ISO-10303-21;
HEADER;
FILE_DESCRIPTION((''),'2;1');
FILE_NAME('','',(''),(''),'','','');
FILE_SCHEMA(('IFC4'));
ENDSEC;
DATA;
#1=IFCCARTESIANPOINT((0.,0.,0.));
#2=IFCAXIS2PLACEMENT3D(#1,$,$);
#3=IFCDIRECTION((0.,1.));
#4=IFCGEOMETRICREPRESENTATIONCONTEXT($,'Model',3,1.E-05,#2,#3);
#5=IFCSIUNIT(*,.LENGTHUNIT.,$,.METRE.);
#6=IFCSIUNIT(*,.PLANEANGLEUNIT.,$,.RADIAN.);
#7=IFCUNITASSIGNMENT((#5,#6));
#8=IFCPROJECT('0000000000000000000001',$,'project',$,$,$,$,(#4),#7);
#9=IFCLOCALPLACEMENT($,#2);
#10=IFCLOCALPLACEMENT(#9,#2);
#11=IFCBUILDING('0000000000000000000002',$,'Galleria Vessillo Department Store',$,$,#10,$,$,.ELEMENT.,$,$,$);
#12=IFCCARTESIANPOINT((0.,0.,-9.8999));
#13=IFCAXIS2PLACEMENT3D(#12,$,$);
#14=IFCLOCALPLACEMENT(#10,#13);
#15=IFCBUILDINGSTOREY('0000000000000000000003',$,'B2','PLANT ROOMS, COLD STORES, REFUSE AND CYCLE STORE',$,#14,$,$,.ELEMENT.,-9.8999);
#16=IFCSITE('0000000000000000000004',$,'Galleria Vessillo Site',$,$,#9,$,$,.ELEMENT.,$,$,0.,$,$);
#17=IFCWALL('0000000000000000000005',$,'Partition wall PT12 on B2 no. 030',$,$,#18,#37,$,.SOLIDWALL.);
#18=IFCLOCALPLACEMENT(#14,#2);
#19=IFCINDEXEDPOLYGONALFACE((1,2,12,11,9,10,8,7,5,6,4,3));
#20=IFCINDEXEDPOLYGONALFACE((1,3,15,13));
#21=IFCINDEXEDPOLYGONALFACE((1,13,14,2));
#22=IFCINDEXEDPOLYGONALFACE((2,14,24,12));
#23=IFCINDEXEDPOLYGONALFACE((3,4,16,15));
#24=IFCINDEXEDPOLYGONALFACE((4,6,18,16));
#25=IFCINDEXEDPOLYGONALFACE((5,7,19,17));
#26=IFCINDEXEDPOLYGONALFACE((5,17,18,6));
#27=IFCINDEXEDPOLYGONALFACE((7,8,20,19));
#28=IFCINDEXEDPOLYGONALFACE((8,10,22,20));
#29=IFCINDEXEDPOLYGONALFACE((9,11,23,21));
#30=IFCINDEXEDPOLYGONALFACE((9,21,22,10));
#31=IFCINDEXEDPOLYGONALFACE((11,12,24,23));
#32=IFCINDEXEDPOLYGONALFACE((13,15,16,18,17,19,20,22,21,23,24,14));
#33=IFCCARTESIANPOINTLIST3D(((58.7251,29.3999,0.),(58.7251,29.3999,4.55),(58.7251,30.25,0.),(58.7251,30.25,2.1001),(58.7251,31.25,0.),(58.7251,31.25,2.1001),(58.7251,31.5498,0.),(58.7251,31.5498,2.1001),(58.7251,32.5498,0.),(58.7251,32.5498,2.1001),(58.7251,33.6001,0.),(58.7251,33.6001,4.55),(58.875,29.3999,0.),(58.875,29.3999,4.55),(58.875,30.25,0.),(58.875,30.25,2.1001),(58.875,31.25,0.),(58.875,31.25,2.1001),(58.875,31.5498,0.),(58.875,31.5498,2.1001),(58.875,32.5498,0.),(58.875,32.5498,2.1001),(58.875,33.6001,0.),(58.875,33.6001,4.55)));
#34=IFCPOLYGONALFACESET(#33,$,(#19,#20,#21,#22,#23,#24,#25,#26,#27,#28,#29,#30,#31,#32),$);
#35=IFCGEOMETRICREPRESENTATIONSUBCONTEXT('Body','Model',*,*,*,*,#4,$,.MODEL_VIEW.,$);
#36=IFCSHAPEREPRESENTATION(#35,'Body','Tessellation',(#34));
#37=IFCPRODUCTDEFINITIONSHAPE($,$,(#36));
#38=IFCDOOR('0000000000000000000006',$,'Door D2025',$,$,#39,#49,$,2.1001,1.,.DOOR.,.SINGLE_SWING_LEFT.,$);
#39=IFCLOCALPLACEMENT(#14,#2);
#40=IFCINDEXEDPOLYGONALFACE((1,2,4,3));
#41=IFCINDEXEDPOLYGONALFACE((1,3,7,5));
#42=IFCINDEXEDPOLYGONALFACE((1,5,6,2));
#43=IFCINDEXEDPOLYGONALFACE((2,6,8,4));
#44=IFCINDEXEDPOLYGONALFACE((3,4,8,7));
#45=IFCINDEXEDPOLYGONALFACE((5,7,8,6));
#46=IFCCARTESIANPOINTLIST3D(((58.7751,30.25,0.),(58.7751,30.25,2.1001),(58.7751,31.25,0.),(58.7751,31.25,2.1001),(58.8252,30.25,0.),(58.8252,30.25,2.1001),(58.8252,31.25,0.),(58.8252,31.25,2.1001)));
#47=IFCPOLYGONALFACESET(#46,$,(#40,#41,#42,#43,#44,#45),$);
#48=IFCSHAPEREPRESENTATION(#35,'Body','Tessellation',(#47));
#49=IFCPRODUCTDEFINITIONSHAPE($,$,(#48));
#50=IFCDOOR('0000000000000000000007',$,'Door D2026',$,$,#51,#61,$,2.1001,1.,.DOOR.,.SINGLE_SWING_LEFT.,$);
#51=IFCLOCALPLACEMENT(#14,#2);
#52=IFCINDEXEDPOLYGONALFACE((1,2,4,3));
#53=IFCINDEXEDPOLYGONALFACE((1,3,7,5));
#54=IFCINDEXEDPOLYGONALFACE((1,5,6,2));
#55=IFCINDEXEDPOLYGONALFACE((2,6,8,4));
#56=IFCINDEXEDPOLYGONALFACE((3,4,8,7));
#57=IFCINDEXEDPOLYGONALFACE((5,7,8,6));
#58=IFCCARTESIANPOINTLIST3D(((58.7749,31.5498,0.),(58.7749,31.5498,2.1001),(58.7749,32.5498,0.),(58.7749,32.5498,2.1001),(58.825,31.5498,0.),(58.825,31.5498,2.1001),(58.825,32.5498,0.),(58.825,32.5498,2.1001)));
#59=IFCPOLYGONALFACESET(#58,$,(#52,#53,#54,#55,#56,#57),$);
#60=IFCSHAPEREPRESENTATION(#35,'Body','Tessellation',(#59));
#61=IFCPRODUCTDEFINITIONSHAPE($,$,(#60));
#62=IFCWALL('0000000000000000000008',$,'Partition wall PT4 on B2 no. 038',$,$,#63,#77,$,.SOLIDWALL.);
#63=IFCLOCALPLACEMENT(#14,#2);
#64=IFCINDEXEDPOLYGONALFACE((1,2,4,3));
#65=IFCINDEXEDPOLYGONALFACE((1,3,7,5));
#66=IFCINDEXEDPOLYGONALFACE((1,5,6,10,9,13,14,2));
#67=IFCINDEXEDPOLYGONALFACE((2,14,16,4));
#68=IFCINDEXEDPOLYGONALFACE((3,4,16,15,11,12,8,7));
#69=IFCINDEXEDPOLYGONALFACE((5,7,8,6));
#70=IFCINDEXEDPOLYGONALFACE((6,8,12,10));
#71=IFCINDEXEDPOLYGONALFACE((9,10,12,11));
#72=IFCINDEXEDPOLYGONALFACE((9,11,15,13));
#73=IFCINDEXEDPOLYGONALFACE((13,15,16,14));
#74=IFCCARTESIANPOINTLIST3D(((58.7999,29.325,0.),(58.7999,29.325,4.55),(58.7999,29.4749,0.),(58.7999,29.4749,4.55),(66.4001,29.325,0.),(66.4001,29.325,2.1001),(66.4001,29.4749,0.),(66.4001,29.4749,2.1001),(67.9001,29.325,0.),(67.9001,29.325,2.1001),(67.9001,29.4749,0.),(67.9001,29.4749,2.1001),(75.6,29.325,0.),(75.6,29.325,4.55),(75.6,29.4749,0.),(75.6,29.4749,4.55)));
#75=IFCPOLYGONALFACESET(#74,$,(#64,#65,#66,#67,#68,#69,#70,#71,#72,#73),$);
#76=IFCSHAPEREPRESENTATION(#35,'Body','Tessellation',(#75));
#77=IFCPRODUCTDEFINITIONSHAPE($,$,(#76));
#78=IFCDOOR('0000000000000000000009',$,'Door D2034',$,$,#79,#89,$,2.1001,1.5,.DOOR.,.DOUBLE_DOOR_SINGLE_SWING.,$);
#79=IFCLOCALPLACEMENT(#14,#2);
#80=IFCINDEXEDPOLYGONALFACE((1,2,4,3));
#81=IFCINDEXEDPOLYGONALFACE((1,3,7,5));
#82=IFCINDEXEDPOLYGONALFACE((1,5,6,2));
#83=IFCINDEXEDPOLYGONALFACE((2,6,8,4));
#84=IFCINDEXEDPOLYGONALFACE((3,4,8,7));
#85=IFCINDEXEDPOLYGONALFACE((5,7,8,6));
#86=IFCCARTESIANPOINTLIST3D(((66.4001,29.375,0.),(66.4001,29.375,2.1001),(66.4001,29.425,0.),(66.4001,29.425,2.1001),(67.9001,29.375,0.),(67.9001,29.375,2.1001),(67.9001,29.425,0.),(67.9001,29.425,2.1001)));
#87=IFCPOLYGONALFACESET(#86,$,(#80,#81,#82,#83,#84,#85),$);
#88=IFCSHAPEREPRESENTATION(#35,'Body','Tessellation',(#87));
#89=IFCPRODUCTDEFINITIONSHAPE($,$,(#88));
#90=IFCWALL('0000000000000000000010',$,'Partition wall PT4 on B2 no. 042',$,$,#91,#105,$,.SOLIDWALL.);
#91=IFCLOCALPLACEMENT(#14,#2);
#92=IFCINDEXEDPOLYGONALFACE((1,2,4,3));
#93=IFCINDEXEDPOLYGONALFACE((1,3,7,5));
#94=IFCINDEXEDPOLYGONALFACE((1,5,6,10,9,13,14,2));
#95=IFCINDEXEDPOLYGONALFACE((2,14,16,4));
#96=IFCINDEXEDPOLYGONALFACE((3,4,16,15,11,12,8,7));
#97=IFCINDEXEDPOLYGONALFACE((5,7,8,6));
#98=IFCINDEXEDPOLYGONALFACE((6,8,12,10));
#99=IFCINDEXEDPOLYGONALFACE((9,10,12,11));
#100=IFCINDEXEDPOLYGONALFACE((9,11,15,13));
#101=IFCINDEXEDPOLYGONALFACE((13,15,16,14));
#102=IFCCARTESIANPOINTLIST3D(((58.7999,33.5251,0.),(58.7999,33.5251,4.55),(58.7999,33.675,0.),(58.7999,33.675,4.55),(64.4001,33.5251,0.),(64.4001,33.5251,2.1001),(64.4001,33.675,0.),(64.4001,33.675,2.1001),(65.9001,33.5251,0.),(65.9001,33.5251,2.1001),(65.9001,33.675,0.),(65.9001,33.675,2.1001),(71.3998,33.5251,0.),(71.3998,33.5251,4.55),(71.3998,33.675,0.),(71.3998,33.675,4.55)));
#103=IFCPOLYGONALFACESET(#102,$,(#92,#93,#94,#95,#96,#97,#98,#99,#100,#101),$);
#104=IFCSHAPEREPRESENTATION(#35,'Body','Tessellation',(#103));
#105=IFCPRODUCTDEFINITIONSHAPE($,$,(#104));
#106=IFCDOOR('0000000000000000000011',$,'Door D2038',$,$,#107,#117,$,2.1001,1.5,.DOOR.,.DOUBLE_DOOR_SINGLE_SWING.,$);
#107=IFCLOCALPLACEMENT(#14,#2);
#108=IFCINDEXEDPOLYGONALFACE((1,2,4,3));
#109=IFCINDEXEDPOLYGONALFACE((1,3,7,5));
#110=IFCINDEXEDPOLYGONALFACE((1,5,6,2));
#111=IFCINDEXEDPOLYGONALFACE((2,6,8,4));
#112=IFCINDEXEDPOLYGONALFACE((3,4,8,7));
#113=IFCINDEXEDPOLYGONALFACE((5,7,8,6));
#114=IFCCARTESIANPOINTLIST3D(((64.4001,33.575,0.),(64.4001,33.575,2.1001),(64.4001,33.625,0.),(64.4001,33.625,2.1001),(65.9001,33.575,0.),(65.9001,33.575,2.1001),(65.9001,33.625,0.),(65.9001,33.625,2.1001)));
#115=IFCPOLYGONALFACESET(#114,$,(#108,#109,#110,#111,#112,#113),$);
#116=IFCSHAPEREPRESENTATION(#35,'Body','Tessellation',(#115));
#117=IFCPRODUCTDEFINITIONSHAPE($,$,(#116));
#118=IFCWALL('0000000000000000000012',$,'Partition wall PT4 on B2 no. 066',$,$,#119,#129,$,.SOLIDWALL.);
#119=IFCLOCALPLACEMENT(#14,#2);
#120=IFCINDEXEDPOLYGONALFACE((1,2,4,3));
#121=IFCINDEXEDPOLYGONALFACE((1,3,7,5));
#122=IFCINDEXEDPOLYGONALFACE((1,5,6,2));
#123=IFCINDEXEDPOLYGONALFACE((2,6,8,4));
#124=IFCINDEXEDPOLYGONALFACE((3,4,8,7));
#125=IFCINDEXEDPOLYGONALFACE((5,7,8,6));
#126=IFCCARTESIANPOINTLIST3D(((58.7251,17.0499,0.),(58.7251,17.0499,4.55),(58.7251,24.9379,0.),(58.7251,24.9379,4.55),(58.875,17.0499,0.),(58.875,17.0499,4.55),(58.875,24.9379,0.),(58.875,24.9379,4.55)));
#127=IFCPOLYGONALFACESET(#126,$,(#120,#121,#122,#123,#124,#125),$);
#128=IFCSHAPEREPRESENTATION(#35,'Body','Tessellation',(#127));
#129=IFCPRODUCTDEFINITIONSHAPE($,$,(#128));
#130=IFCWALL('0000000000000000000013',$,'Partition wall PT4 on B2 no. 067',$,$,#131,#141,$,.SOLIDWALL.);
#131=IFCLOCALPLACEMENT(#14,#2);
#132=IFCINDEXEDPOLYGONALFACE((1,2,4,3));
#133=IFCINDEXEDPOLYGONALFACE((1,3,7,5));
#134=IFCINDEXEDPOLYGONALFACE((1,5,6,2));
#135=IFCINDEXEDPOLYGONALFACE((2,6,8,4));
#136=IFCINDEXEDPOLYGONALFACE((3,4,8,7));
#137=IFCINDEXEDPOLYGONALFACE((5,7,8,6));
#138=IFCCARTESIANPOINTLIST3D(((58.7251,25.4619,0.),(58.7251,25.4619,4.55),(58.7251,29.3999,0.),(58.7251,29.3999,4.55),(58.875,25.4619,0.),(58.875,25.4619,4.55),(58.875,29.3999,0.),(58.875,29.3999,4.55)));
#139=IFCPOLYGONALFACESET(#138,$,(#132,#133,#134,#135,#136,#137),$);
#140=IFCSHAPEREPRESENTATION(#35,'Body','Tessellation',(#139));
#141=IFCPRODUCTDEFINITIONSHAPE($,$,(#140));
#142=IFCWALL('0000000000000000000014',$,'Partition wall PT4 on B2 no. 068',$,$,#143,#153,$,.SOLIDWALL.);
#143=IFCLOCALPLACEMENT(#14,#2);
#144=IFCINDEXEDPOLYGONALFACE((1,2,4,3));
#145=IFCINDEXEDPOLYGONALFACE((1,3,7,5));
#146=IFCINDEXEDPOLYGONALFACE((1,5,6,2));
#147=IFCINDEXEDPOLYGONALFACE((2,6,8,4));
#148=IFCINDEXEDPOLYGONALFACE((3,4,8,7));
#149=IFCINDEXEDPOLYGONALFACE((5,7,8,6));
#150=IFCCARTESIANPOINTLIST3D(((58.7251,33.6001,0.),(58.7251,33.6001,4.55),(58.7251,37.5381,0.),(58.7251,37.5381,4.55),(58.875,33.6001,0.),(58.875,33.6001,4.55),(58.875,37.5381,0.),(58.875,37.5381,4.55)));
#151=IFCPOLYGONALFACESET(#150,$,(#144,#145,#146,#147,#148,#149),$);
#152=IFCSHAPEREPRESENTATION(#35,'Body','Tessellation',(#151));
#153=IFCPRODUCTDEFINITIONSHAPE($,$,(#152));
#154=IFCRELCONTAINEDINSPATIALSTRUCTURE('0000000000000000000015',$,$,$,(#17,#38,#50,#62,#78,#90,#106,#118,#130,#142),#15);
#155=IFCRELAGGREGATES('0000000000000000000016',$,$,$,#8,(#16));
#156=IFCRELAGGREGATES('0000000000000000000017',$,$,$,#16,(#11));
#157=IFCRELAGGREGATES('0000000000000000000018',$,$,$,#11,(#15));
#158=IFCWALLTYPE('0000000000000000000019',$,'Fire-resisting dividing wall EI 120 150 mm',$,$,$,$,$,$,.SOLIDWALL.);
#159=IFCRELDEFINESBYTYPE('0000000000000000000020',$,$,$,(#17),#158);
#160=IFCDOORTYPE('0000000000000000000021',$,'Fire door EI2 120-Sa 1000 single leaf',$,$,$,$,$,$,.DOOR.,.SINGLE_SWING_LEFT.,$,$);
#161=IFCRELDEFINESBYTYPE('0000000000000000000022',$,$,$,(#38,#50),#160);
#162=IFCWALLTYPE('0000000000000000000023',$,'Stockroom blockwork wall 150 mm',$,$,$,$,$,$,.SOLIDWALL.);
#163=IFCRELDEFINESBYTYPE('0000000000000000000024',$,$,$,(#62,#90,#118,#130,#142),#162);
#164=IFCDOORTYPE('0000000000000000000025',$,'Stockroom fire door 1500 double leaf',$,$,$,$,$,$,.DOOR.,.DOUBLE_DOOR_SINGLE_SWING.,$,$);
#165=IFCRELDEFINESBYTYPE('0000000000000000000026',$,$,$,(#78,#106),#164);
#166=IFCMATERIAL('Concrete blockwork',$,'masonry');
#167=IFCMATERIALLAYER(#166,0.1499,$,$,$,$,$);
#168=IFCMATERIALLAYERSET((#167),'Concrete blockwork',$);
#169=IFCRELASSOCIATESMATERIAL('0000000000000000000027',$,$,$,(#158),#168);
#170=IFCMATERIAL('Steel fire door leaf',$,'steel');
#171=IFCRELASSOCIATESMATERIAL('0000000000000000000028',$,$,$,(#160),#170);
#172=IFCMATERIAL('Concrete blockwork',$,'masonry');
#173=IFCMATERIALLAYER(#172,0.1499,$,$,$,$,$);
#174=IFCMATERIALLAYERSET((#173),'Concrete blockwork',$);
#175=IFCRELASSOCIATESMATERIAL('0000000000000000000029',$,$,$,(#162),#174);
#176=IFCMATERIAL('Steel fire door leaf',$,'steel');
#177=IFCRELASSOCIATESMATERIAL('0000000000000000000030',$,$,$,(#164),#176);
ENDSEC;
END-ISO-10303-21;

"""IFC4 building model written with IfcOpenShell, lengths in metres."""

from ifc_helpers import new_model, si_unit, direction, frame, frame_2d, origin, place, context, subcontext, project, spatial, rectangle, extrude, material, layer, layer_set, type_object, element, fill, save


model = new_model("IFC4")

# Units and contexts
model_context = context("Model", 3, precision=1e-05, world=origin(), true_north=direction((0.0, 1.0)))
body_context = subcontext(model_context, "Body", "Model", "MODEL_VIEW")
ifc_project = project(units=[si_unit("LENGTHUNIT", "METRE"), si_unit("PLANEANGLEUNIT", "RADIAN")], contexts=[model_context])

# Site, building, storey
site_placement = place(None, origin())
site = spatial("IfcSite", under=ifc_project, at=site_placement, Name="Galleria Vessillo Site", CompositionType="ELEMENT", RefElevation=0.0)
building_placement = place(site_placement, origin())
building = spatial("IfcBuilding", under=site, at=building_placement, Name="Galleria Vessillo Department Store", CompositionType="ELEMENT")
storey_placement = place(building_placement, frame((0.0, 0.0, -9.8999)))
storey = spatial("IfcBuildingStorey", under=building, at=storey_placement, Name="B2", Description="PLANT ROOMS, COLD STORES, REFUSE AND CYCLE STORE", CompositionType="ELEMENT", Elevation=-9.8999)

# Wall, openings, doors
ifc_material_1 = material(Name="Concrete blockwork", Category="masonry")
ifc_layer_1 = layer(ifc_material_1, 0.1499)
ifc_layer_set_1 = layer_set([ifc_layer_1], Name="Concrete blockwork")
wall_type_1 = type_object("IfcWallType", Name="Fire-resisting dividing wall EI 120 150 mm", PredefinedType="SOLIDWALL", material=ifc_layer_set_1)
wall_1_placement = place(storey_placement, frame((58.8, 29.3999, 0.0), z_axis=(0.0, 0.0, 1.0), x_axis=(0.0, 1.0, 0.0)))
wall_1 = element("IfcWall", 1, at=wall_1_placement, inside=storey, type_object=wall_type_1, Name="Partition wall PT12 on B2 no. 030", PredefinedType="SOLIDWALL", context=body_context, shape_type="SweptSolid", body=[
    extrude(rectangle(XDim=4.2002, YDim=0.1499, at=frame_2d((2.1001, 0.0))), origin(), (0.0, 0.0, 1.0), 4.55),
])
opening_1_placement = place(wall_1_placement, frame((0.8501, 0.0, 0.0)))
opening_1 = element("IfcOpeningElement", 2, at=opening_1_placement, cuts=wall_1, PredefinedType="OPENING", context=body_context, shape_type="SweptSolid", body=[
    extrude(rectangle(XDim=1.0, YDim=2.1001, at=frame_2d((0.5, 1.05))), frame((0.0, 0.085, 0.0), z_axis=(0.0, -1.0, 0.0), x_axis=(1.0, 0.0, 0.0)), (0.0, 0.0, 1.0), 0.1699),
])
opening_2_placement = place(wall_1_placement, frame((2.1499, 0.0, 0.0)))
opening_2 = element("IfcOpeningElement", 3, at=opening_2_placement, cuts=wall_1, PredefinedType="OPENING", context=body_context, shape_type="SweptSolid", body=[
    extrude(rectangle(XDim=1.0, YDim=2.1001, at=frame_2d((0.5, 1.05))), frame((0.0, 0.085, 0.0), z_axis=(0.0, -1.0, 0.0), x_axis=(1.0, 0.0, 0.0)), (0.0, 0.0, 1.0), 0.1699),
])
ifc_material_2 = material(Name="Steel fire door leaf", Category="steel")
door_type_1 = type_object("IfcDoorType", Name="Fire door EI2 120-Sa 1000 single leaf", OperationType="SINGLE_SWING_LEFT", PredefinedType="DOOR", material=ifc_material_2)
door_1_placement = place(opening_1_placement, origin())
door_1 = element("IfcDoor", 4, at=door_1_placement, inside=storey, type_object=door_type_1, Name="Door D2025", OperationType="SINGLE_SWING_LEFT", OverallHeight=2.1001, OverallWidth=1.0, PredefinedType="DOOR", context=body_context, shape_type="SweptSolid", body=[
    extrude(rectangle(XDim=1.0, YDim=2.1001, at=frame_2d((0.5, 1.05))), frame((0.0, 0.0249, 0.0), z_axis=(0.0, -1.0, 0.0), x_axis=(1.0, 0.0, 0.0)), (0.0, 0.0, 1.0), 0.05),
])
fill(opening_1, door_1)
door_2_placement = place(opening_2_placement, frame((1.0, 0.0, 0.0), z_axis=(0.0, 0.0, 1.0), x_axis=(-1.0, 0.0, 0.0)))
door_2 = element("IfcDoor", 5, at=door_2_placement, inside=storey, type_object=door_type_1, Name="Door D2026", OperationType="SINGLE_SWING_LEFT", OverallHeight=2.1001, OverallWidth=1.0, PredefinedType="DOOR", context=body_context, shape_type="SweptSolid", body=[
    extrude(rectangle(XDim=1.0, YDim=2.1001, at=frame_2d((0.5, 1.05))), frame((0.0, 0.0249, 0.0), z_axis=(0.0, -1.0, 0.0), x_axis=(1.0, 0.0, 0.0)), (0.0, 0.0, 1.0), 0.05),
])
fill(opening_2, door_2)

# Walls, openings, doors
ifc_material_3 = material(Name="Concrete blockwork", Category="masonry")
ifc_layer_2 = layer(ifc_material_3, 0.1499)
ifc_layer_set_2 = layer_set([ifc_layer_2], Name="Concrete blockwork")
wall_type_2 = type_object("IfcWallType", Name="Stockroom blockwork wall 150 mm", PredefinedType="SOLIDWALL", material=ifc_layer_set_2)
wall_2_placement = place(storey_placement, frame((58.8, 29.3999, 0.0), z_axis=(0.0, 0.0, 1.0), x_axis=(1.0, 0.0, 0.0)))
wall_2 = element("IfcWall", 6, at=wall_2_placement, inside=storey, type_object=wall_type_2, Name="Partition wall PT4 on B2 no. 038", PredefinedType="SOLIDWALL", context=body_context, shape_type="SweptSolid", body=[
    extrude(rectangle(XDim=16.8, YDim=0.1499, at=frame_2d((8.3999, 0.0))), origin(), (0.0, 0.0, 1.0), 4.55),
])
opening_3_placement = place(wall_2_placement, frame((7.6001, 0.0, 0.0)))
opening_3 = element("IfcOpeningElement", 7, at=opening_3_placement, cuts=wall_2, PredefinedType="OPENING", context=body_context, shape_type="SweptSolid", body=[
    extrude(rectangle(XDim=1.5, YDim=2.1001, at=frame_2d((0.75, 1.05))), frame((0.0, 0.085, 0.0), z_axis=(0.0, -1.0, 0.0), x_axis=(1.0, 0.0, 0.0)), (0.0, 0.0, 1.0), 0.1699),
])
ifc_material_4 = material(Name="Steel fire door leaf", Category="steel")
door_type_2 = type_object("IfcDoorType", Name="Stockroom fire door 1500 double leaf", OperationType="DOUBLE_DOOR_SINGLE_SWING", PredefinedType="DOOR", material=ifc_material_4)
door_3_placement = place(opening_3_placement, frame((1.5, 0.0, 0.0), z_axis=(0.0, 0.0, 1.0), x_axis=(-1.0, 0.0, 0.0)))
door_3 = element("IfcDoor", 8, at=door_3_placement, inside=storey, type_object=door_type_2, Name="Door D2034", OperationType="DOUBLE_DOOR_SINGLE_SWING", OverallHeight=2.1001, OverallWidth=1.5, PredefinedType="DOOR", context=body_context, shape_type="SweptSolid", body=[
    extrude(rectangle(XDim=1.5, YDim=2.1001, at=frame_2d((0.75, 1.05))), frame((0.0, 0.0249, 0.0), z_axis=(0.0, -1.0, 0.0), x_axis=(1.0, 0.0, 0.0)), (0.0, 0.0, 1.0), 0.05),
])
fill(opening_3, door_3)
wall_3_placement = place(storey_placement, frame((58.8, 33.6001, 0.0), z_axis=(0.0, 0.0, 1.0), x_axis=(1.0, 0.0, 0.0)))
wall_3 = element("IfcWall", 9, at=wall_3_placement, inside=storey, type_object=wall_type_2, Name="Partition wall PT4 on B2 no. 042", PredefinedType="SOLIDWALL", context=body_context, shape_type="SweptSolid", body=[
    extrude(rectangle(XDim=12.5999, YDim=0.1499, at=frame_2d((6.2998, 0.0))), origin(), (0.0, 0.0, 1.0), 4.55),
])
opening_4_placement = place(wall_3_placement, frame((5.6001, 0.0, 0.0)))
opening_4 = element("IfcOpeningElement", 10, at=opening_4_placement, cuts=wall_3, PredefinedType="OPENING", context=body_context, shape_type="SweptSolid", body=[
    extrude(rectangle(XDim=1.5, YDim=2.1001, at=frame_2d((0.75, 1.05))), frame((0.0, 0.085, 0.0), z_axis=(0.0, -1.0, 0.0), x_axis=(1.0, 0.0, 0.0)), (0.0, 0.0, 1.0), 0.1699),
])
door_4_placement = place(opening_4_placement, origin())
door_4 = element("IfcDoor", 11, at=door_4_placement, inside=storey, type_object=door_type_2, Name="Door D2038", OperationType="DOUBLE_DOOR_SINGLE_SWING", OverallHeight=2.1001, OverallWidth=1.5, PredefinedType="DOOR", context=body_context, shape_type="SweptSolid", body=[
    extrude(rectangle(XDim=1.5, YDim=2.1001, at=frame_2d((0.75, 1.05))), frame((0.0, 0.0249, 0.0), z_axis=(0.0, -1.0, 0.0), x_axis=(1.0, 0.0, 0.0)), (0.0, 0.0, 1.0), 0.05),
])
fill(opening_4, door_4)

# Walls
wall_4_placement = place(storey_placement, frame((58.8, 17.05, 0.0), z_axis=(0.0, 0.0, 1.0), x_axis=(0.0, 1.0, 0.0)))
element("IfcWall", 12, at=wall_4_placement, inside=storey, type_object=wall_type_2, Name="Partition wall PT4 on B2 no. 066", PredefinedType="SOLIDWALL", context=body_context, shape_type="SweptSolid", body=[
    extrude(rectangle(XDim=7.8879, YDim=0.1499, at=frame_2d((3.9438, 0.0))), origin(), (0.0, 0.0, 1.0), 4.55),
])
for number, where, z_axis, x_axis, name in (
    (13, (58.8, 25.4619, 0.0), (0.0, 0.0, 1.0), (0.0, 1.0, 0.0), "Partition wall PT4 on B2 no. 067"),
    (14, (58.8, 33.6001, 0.0), (0.0, 0.0, 1.0), (0.0, 1.0, 0.0), "Partition wall PT4 on B2 no. 068"),
):
    element("IfcWall", number, at=place(storey_placement, frame(where, z_axis=z_axis, x_axis=x_axis)), inside=storey, type_object=wall_type_2, Name=name, PredefinedType="SOLIDWALL", context=body_context, shape_type="SweptSolid", body=[
        extrude(rectangle(XDim=3.938, YDim=0.1499, at=frame_2d((1.969, 0.0))), origin(), (0.0, 0.0, 1.0), 4.55),
    ])

save(model, "model.ifc")
